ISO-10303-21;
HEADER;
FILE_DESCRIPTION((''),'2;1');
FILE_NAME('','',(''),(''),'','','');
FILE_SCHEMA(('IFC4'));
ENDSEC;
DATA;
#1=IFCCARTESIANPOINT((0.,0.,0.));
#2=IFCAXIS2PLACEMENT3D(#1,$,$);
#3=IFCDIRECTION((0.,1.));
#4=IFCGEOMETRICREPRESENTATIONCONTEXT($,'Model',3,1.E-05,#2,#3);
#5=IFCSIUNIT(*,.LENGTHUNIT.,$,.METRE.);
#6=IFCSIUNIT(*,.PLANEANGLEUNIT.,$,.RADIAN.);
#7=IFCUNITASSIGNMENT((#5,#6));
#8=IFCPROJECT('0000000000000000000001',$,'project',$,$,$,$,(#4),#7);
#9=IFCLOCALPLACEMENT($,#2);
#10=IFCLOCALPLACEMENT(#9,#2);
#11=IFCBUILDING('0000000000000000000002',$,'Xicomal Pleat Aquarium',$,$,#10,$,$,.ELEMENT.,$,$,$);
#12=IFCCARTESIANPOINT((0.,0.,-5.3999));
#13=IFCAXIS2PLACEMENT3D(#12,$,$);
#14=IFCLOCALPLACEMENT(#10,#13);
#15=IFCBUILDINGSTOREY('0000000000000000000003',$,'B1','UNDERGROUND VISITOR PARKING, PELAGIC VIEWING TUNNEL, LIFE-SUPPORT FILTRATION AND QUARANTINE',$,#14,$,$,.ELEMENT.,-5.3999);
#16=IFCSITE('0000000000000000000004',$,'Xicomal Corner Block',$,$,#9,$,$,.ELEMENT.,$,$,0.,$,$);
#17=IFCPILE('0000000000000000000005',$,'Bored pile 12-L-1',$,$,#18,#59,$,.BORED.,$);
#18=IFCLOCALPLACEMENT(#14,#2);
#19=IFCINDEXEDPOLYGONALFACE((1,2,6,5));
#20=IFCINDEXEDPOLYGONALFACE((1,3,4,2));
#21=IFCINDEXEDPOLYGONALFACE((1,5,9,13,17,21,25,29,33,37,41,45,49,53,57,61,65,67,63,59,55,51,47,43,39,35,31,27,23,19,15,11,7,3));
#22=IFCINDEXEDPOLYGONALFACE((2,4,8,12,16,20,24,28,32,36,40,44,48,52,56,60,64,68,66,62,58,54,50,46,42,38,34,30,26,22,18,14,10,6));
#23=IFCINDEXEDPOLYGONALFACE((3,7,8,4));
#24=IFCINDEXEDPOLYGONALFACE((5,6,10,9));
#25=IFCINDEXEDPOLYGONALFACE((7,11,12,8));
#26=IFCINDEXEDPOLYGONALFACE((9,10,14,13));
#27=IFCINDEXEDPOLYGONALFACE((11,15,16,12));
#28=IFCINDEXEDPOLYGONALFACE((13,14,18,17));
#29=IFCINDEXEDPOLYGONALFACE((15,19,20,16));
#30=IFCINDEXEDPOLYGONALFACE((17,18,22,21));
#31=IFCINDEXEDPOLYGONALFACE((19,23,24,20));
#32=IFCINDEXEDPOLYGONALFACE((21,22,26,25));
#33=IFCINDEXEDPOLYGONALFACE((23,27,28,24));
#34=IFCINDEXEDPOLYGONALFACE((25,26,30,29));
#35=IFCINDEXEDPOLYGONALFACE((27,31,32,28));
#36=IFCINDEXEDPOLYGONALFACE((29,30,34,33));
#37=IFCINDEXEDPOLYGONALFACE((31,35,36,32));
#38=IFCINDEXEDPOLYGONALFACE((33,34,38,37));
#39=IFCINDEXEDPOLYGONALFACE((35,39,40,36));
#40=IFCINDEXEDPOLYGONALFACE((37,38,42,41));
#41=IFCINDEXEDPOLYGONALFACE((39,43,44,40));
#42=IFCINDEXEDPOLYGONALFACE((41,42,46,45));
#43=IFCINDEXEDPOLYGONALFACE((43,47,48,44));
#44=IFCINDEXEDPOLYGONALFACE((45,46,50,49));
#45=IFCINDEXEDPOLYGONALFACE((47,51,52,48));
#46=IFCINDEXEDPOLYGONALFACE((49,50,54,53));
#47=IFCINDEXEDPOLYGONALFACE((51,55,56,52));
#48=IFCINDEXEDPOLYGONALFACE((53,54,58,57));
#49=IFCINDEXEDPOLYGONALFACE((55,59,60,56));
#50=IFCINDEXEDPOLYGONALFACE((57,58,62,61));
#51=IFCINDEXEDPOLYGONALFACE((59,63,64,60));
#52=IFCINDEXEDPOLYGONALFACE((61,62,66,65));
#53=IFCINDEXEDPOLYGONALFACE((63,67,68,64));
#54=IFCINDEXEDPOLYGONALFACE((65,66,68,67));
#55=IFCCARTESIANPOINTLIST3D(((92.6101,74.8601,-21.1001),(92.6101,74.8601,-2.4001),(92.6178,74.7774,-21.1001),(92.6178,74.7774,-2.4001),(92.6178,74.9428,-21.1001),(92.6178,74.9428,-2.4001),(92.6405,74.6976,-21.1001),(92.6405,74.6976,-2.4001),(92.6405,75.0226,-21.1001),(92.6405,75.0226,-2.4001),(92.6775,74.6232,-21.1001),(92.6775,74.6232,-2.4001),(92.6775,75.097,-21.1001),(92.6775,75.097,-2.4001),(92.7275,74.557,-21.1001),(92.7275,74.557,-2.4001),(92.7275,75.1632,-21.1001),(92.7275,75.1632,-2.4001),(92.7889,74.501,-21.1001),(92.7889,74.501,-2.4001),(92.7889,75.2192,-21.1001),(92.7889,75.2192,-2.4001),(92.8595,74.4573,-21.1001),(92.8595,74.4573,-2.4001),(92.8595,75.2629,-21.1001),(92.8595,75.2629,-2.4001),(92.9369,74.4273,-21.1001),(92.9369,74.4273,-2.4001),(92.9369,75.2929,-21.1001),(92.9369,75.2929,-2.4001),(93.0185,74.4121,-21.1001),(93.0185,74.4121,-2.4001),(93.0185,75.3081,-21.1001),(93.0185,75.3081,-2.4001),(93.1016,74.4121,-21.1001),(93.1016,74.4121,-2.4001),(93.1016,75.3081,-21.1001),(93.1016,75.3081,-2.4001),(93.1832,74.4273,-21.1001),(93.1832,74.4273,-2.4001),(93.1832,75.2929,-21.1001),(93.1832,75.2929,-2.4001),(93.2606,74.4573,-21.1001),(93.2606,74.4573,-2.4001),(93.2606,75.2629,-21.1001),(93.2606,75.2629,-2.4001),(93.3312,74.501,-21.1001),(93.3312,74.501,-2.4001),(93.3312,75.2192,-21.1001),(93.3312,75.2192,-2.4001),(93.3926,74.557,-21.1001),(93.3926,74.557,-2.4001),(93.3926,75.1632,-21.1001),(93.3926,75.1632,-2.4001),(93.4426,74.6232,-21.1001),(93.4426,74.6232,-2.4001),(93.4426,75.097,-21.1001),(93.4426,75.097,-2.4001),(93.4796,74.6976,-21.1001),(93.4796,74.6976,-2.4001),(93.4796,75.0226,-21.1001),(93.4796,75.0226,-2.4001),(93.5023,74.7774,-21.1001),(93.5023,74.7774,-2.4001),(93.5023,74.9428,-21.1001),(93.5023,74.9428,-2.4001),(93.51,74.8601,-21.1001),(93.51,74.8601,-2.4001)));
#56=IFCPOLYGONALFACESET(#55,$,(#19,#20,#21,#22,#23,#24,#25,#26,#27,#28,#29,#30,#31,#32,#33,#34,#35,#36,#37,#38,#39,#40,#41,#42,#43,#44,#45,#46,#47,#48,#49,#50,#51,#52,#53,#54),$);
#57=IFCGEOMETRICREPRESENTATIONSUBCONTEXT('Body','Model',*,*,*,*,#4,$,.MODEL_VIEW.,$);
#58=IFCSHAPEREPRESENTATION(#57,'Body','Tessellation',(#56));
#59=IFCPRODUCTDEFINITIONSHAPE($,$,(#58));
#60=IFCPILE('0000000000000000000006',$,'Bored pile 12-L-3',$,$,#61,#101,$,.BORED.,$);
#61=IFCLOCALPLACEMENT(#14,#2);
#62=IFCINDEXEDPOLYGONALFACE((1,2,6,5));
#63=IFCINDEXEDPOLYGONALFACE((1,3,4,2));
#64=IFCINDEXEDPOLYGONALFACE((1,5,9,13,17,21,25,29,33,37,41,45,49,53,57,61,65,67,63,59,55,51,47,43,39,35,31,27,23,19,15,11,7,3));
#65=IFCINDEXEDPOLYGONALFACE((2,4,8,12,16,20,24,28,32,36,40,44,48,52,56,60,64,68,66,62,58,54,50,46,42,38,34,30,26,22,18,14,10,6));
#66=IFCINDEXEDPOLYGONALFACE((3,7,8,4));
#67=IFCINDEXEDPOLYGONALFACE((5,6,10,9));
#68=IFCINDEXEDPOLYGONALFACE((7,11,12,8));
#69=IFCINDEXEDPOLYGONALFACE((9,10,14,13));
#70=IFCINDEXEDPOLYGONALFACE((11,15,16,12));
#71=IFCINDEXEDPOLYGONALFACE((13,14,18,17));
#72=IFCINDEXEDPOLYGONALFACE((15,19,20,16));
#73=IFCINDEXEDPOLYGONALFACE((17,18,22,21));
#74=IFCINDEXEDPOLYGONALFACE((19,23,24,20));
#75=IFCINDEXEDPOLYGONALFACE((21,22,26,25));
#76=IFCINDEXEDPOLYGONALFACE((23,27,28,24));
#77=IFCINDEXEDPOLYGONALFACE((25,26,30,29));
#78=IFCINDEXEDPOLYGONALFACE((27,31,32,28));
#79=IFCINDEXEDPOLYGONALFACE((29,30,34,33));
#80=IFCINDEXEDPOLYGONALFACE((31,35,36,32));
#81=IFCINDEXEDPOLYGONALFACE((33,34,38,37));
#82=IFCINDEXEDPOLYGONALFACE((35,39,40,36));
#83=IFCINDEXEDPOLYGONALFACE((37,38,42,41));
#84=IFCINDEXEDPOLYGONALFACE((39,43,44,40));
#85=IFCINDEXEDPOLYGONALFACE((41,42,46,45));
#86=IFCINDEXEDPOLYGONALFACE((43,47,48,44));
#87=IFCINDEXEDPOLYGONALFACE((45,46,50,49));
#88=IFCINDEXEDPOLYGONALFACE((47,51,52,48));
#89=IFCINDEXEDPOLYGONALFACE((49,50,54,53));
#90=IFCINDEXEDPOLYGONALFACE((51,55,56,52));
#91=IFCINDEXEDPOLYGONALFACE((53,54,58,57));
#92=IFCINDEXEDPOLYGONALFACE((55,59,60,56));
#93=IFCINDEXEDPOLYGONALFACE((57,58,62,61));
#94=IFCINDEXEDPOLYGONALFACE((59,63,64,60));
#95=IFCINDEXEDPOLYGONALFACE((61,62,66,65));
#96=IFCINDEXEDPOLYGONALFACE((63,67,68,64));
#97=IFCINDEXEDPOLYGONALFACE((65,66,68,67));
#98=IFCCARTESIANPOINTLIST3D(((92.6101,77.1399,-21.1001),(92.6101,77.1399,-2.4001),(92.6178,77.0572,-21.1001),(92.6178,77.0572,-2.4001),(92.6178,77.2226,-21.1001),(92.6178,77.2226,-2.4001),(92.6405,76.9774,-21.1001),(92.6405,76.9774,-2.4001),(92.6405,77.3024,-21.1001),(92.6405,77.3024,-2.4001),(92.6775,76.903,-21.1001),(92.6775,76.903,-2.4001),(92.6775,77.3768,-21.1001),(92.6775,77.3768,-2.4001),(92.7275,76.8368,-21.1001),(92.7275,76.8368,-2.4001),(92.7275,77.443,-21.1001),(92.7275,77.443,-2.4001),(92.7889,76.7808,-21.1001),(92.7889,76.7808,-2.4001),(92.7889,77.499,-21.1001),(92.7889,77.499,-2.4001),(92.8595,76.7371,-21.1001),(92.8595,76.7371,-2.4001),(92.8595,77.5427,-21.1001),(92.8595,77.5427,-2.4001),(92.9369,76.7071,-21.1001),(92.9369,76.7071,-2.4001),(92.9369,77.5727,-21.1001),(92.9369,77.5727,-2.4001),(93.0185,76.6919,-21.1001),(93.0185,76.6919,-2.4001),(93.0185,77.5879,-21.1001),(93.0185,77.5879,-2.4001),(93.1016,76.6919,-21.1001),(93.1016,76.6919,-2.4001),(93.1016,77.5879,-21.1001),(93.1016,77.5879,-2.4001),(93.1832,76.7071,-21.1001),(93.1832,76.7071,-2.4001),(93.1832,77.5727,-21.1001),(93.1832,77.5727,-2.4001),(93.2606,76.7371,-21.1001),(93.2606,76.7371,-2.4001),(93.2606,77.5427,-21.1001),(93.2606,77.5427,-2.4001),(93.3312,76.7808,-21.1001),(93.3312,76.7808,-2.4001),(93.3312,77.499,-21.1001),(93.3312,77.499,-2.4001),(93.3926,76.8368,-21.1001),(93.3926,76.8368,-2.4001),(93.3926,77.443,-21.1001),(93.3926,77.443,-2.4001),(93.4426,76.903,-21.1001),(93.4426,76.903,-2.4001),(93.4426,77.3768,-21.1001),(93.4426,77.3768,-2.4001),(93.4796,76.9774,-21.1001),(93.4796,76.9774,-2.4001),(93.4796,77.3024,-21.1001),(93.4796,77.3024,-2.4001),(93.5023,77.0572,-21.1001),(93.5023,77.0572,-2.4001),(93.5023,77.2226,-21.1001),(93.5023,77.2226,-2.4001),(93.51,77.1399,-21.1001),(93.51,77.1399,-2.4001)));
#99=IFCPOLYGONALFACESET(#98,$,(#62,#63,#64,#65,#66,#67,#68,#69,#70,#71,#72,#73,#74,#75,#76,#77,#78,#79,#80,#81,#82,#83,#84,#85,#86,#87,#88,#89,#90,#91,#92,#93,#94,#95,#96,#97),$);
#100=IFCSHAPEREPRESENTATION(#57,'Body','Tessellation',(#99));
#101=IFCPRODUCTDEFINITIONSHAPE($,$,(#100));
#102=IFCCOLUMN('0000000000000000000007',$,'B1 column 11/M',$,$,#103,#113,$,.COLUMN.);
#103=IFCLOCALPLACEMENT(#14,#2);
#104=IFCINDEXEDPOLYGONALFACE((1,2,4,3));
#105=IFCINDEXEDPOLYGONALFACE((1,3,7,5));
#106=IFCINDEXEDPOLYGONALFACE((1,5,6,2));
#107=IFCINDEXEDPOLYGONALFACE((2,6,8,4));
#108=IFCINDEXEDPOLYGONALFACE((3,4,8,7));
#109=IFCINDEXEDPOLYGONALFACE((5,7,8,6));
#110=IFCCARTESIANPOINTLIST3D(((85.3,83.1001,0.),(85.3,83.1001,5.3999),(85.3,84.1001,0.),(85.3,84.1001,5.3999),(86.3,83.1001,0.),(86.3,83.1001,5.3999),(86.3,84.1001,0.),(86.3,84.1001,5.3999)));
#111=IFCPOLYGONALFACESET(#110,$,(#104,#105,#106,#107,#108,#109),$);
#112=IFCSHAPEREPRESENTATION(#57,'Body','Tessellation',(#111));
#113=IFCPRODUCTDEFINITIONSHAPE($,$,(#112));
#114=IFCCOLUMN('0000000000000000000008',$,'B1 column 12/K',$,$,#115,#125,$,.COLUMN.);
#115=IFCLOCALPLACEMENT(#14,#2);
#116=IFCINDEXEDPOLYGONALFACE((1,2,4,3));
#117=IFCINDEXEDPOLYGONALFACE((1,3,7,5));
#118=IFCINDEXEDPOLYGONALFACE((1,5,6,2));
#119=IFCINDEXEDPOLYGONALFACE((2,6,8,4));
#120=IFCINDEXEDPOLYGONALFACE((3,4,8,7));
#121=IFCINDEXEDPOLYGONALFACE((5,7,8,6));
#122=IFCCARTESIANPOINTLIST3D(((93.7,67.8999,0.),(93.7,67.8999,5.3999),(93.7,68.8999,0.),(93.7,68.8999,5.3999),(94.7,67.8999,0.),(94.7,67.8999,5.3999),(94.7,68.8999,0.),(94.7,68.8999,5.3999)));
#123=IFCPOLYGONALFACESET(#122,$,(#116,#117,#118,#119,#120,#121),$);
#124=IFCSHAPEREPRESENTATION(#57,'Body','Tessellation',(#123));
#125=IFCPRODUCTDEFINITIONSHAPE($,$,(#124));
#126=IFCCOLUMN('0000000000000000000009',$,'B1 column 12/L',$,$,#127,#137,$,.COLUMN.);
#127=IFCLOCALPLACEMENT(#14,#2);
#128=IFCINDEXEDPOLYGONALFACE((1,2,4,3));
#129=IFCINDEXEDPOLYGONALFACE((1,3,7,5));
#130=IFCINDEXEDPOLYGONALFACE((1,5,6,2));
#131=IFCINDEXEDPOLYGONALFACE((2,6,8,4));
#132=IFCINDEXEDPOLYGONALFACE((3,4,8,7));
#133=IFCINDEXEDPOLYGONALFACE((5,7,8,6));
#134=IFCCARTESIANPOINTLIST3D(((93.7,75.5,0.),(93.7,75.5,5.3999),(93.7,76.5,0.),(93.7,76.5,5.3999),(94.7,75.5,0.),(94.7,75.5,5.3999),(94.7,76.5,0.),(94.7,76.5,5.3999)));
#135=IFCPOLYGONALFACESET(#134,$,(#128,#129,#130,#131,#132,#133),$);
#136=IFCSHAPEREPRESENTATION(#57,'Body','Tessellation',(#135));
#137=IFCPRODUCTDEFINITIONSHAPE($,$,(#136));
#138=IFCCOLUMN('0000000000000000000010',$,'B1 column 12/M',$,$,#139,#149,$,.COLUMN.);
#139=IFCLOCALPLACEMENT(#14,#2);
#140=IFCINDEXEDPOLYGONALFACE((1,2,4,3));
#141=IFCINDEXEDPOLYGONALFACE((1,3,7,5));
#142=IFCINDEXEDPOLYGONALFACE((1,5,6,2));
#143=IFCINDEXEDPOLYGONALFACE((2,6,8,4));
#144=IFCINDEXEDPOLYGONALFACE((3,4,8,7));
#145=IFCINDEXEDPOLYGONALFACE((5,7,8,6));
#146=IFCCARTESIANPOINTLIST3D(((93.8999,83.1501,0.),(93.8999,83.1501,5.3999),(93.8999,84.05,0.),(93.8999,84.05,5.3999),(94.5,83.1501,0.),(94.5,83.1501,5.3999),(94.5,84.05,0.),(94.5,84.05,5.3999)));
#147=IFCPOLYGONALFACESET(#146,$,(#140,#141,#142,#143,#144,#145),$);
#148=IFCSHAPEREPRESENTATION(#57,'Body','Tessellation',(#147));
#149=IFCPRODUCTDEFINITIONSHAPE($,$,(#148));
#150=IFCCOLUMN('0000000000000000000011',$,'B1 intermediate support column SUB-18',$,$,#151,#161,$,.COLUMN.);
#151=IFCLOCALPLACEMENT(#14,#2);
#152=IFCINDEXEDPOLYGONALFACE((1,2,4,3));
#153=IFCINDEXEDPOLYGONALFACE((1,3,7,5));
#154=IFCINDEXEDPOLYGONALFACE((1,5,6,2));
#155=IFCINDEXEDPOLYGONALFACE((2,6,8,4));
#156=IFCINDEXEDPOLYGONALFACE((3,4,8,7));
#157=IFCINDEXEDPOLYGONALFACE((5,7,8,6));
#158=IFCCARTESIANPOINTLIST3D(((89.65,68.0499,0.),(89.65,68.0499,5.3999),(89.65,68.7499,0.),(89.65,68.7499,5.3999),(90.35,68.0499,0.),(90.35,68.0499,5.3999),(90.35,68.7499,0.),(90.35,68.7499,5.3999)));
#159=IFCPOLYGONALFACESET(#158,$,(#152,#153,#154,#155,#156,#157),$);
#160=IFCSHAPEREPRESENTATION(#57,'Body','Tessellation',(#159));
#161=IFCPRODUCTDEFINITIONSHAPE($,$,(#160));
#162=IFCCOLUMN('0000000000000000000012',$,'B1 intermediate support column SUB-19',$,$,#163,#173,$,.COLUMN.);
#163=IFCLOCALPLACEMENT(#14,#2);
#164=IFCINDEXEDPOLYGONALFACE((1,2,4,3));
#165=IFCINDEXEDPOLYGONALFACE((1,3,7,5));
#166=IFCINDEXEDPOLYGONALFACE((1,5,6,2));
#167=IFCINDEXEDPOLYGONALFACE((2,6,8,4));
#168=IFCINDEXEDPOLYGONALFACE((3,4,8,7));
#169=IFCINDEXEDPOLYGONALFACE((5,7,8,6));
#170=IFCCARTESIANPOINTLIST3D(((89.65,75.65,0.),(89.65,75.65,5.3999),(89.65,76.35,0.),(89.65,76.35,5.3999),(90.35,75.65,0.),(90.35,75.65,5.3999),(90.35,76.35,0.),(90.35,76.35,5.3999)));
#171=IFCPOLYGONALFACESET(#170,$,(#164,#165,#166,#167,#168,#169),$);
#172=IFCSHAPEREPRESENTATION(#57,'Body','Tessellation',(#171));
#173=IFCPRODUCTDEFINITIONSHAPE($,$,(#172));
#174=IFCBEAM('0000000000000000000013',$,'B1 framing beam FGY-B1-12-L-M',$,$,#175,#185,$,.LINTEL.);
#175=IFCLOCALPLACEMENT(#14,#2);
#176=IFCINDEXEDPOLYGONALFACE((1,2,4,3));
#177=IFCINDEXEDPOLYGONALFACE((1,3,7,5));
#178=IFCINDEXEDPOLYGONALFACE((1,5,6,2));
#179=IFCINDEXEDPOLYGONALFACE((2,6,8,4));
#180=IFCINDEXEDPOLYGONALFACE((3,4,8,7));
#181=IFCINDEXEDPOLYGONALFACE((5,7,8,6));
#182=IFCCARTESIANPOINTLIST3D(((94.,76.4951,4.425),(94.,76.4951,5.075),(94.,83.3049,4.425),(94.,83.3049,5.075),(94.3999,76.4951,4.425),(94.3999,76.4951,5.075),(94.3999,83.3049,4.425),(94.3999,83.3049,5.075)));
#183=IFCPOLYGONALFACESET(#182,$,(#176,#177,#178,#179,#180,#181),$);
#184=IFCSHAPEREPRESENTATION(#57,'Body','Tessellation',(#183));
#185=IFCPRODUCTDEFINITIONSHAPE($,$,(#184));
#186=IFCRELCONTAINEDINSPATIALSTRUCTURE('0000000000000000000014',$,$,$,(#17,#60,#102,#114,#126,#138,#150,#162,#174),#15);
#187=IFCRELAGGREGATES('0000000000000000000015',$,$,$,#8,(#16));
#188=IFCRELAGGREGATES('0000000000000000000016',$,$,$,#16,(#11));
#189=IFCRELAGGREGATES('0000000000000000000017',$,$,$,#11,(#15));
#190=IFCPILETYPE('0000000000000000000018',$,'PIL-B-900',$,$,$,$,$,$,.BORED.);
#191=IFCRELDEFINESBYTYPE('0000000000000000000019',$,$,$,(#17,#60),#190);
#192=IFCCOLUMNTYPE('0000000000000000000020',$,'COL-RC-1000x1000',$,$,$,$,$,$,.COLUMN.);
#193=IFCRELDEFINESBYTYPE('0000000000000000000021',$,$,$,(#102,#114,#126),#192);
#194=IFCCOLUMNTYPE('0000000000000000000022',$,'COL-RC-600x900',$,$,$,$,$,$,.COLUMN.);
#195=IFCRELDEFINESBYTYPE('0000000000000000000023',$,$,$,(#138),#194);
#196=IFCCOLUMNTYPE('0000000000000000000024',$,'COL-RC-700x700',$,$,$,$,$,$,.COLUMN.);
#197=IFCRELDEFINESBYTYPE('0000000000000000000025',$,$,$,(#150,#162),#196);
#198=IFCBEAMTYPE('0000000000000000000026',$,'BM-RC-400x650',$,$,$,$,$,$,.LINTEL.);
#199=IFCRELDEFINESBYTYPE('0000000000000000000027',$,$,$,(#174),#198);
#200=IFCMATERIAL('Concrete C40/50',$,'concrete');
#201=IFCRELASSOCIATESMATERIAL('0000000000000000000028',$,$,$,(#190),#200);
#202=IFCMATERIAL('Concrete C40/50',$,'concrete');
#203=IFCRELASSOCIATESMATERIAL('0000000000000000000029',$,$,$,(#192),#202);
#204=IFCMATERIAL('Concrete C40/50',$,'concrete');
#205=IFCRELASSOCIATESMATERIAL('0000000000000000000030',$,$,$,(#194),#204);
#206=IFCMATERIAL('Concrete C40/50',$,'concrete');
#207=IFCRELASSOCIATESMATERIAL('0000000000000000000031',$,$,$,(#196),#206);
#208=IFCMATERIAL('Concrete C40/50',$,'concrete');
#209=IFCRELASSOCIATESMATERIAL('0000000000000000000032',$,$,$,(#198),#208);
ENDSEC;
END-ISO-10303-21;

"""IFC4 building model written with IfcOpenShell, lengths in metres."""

from ifc_helpers import new_model, si_unit, direction, frame, origin, origin_2d, place, context, subcontext, project, spatial, rectangle, circle, extrude, material, material_profile, profile_set, type_object, element, save


model = new_model("IFC4")

# Units and contexts
model_context = context("Model", 3, precision=1e-05, world=origin(), true_north=direction((0.0, 1.0)))
body_context = subcontext(model_context, "Body", "Model", "MODEL_VIEW")
ifc_project = project(units=[si_unit("LENGTHUNIT", "METRE"), si_unit("PLANEANGLEUNIT", "RADIAN")], contexts=[model_context])

# Site, building, storey
site_placement = place(None, origin())
site = spatial("IfcSite", under=ifc_project, at=site_placement, Name="Xicomal Corner Block", CompositionType="ELEMENT", RefElevation=0.0)
building_placement = place(site_placement, origin())
building = spatial("IfcBuilding", under=site, at=building_placement, Name="Xicomal Pleat Aquarium", CompositionType="ELEMENT")
storey_placement = place(building_placement, frame((0.0, 0.0, -5.3999)))
storey = spatial("IfcBuildingStorey", under=building, at=storey_placement, Name="B1", Description="UNDERGROUND VISITOR PARKING, PELAGIC VIEWING TUNNEL, LIFE-SUPPORT FILTRATION AND QUARANTINE", CompositionType="ELEMENT", Elevation=-5.3999)

# Piles
ifc_material_1 = material(Name="Concrete C40/50", Category="concrete")
ifc_material_profile_1 = material_profile(ifc_material_1, circle(Radius=0.45, at=origin_2d()), Name="BORED PILE D900")
ifc_profile_set_1 = profile_set([ifc_material_profile_1], Name="Concrete C40/50")
pile_type_1 = type_object("IfcPileType", Name="PIL-B-900", PredefinedType="BORED", material=ifc_profile_set_1)
for number, where, z_axis, x_axis, name in (
    (1, (93.0601, 74.8601, -2.4001), (0.0, 0.0, -1.0), (1.0, 0.0, 0.0), "Bored pile 12-L-1"),
    (2, (93.0601, 77.1399, -2.4001), (0.0, 0.0, -1.0), (1.0, 0.0, 0.0), "Bored pile 12-L-3"),
):
    element("IfcPile", number, at=place(storey_placement, frame(where, z_axis=z_axis, x_axis=x_axis)), inside=storey, type_object=pile_type_1, Name=name, PredefinedType="BORED", context=body_context, shape_type="SweptSolid", body=[
        extrude(circle(Radius=0.45, at=origin_2d()), origin(), (0.0, 0.0, 1.0), 18.7),
    ])

# Columns
ifc_material_2 = material(Name="Concrete C40/50", Category="concrete")
ifc_material_profile_2 = material_profile(ifc_material_2, rectangle(XDim=1.0, YDim=1.0, at=origin_2d()), Name="RC 1000x1000")
ifc_profile_set_2 = profile_set([ifc_material_profile_2], Name="Concrete C40/50")
column_type_1 = type_object("IfcColumnType", Name="COL-RC-1000x1000", PredefinedType="COLUMN", material=ifc_profile_set_2)
for number, where, z_axis, x_axis, name in (
    (3, (85.8, 83.6001, 0.0), (0.0, 0.0, 1.0), (1.0, 0.0, 0.0), "B1 column 11/M"),
    (4, (94.2, 68.3999, 0.0), (0.0, 0.0, 1.0), (1.0, 0.0, 0.0), "B1 column 12/K"),
    (5, (94.2, 76.0, 0.0), (0.0, 0.0, 1.0), (1.0, 0.0, 0.0), "B1 column 12/L"),
):
    element("IfcColumn", number, at=place(storey_placement, frame(where, z_axis=z_axis, x_axis=x_axis)), inside=storey, type_object=column_type_1, Name=name, PredefinedType="COLUMN", context=body_context, shape_type="SweptSolid", body=[
        extrude(rectangle(XDim=1.0, YDim=1.0, at=origin_2d()), origin(), (0.0, 0.0, 1.0), 5.3999),
    ])
ifc_material_3 = material(Name="Concrete C40/50", Category="concrete")
ifc_material_profile_3 = material_profile(ifc_material_3, rectangle(XDim=0.6001, YDim=0.8999, at=origin_2d()), Name="RC 600x900")
ifc_profile_set_3 = profile_set([ifc_material_profile_3], Name="Concrete C40/50")
column_type_2 = type_object("IfcColumnType", Name="COL-RC-600x900", PredefinedType="COLUMN", material=ifc_profile_set_3)
column_placement = place(storey_placement, frame((94.2, 83.6001, 0.0), z_axis=(0.0, 0.0, 1.0), x_axis=(1.0, 0.0, 0.0)))
element("IfcColumn", 6, at=column_placement, inside=storey, type_object=column_type_2, Name="B1 column 12/M", PredefinedType="COLUMN", context=body_context, shape_type="SweptSolid", body=[
    extrude(rectangle(XDim=0.6001, YDim=0.8999, at=origin_2d()), origin(), (0.0, 0.0, 1.0), 5.3999),
])
ifc_material_4 = material(Name="Concrete C40/50", Category="concrete")
ifc_material_profile_4 = material_profile(ifc_material_4, rectangle(XDim=0.7, YDim=0.7, at=origin_2d()), Name="RC 700x700")
ifc_profile_set_4 = profile_set([ifc_material_profile_4], Name="Concrete C40/50")
column_type_3 = type_object("IfcColumnType", Name="COL-RC-700x700", PredefinedType="COLUMN", material=ifc_profile_set_4)
for number, where, z_axis, x_axis, name in (
    (7, (90.0, 68.3999, 0.0), (0.0, 0.0, 1.0), (1.0, 0.0, 0.0), "B1 intermediate support column SUB-18"),
    (8, (90.0, 76.0, 0.0), (0.0, 0.0, 1.0), (1.0, 0.0, 0.0), "B1 intermediate support column SUB-19"),
):
    element("IfcColumn", number, at=place(storey_placement, frame(where, z_axis=z_axis, x_axis=x_axis)), inside=storey, type_object=column_type_3, Name=name, PredefinedType="COLUMN", context=body_context, shape_type="SweptSolid", body=[
        extrude(rectangle(XDim=0.7, YDim=0.7, at=origin_2d()), origin(), (0.0, 0.0, 1.0), 5.3999),
    ])

# Beam
ifc_material_5 = material(Name="Concrete C40/50", Category="concrete")
ifc_material_profile_5 = material_profile(ifc_material_5, rectangle(XDim=0.3999, YDim=0.6499, at=origin_2d()), Name="RC 400x650")
ifc_profile_set_5 = profile_set([ifc_material_profile_5], Name="Concrete C40/50")
beam_type_1 = type_object("IfcBeamType", Name="BM-RC-400x650", PredefinedType="LINTEL", material=ifc_profile_set_5)
beam_1_placement = place(storey_placement, frame((94.2, 76.4951, 4.75), z_axis=(0.0, 1.0, 0.0), x_axis=(-1.0, 0.0, 0.0)))
element("IfcBeam", 9, at=beam_1_placement, inside=storey, type_object=beam_type_1, Name="B1 framing beam FGY-B1-12-L-M", PredefinedType="LINTEL", context=body_context, shape_type="SweptSolid", body=[
    extrude(rectangle(XDim=0.3999, YDim=0.6499, at=origin_2d()), origin(), (0.0, 0.0, 1.0), 6.8098),
])

save(model, "model.ifc")
